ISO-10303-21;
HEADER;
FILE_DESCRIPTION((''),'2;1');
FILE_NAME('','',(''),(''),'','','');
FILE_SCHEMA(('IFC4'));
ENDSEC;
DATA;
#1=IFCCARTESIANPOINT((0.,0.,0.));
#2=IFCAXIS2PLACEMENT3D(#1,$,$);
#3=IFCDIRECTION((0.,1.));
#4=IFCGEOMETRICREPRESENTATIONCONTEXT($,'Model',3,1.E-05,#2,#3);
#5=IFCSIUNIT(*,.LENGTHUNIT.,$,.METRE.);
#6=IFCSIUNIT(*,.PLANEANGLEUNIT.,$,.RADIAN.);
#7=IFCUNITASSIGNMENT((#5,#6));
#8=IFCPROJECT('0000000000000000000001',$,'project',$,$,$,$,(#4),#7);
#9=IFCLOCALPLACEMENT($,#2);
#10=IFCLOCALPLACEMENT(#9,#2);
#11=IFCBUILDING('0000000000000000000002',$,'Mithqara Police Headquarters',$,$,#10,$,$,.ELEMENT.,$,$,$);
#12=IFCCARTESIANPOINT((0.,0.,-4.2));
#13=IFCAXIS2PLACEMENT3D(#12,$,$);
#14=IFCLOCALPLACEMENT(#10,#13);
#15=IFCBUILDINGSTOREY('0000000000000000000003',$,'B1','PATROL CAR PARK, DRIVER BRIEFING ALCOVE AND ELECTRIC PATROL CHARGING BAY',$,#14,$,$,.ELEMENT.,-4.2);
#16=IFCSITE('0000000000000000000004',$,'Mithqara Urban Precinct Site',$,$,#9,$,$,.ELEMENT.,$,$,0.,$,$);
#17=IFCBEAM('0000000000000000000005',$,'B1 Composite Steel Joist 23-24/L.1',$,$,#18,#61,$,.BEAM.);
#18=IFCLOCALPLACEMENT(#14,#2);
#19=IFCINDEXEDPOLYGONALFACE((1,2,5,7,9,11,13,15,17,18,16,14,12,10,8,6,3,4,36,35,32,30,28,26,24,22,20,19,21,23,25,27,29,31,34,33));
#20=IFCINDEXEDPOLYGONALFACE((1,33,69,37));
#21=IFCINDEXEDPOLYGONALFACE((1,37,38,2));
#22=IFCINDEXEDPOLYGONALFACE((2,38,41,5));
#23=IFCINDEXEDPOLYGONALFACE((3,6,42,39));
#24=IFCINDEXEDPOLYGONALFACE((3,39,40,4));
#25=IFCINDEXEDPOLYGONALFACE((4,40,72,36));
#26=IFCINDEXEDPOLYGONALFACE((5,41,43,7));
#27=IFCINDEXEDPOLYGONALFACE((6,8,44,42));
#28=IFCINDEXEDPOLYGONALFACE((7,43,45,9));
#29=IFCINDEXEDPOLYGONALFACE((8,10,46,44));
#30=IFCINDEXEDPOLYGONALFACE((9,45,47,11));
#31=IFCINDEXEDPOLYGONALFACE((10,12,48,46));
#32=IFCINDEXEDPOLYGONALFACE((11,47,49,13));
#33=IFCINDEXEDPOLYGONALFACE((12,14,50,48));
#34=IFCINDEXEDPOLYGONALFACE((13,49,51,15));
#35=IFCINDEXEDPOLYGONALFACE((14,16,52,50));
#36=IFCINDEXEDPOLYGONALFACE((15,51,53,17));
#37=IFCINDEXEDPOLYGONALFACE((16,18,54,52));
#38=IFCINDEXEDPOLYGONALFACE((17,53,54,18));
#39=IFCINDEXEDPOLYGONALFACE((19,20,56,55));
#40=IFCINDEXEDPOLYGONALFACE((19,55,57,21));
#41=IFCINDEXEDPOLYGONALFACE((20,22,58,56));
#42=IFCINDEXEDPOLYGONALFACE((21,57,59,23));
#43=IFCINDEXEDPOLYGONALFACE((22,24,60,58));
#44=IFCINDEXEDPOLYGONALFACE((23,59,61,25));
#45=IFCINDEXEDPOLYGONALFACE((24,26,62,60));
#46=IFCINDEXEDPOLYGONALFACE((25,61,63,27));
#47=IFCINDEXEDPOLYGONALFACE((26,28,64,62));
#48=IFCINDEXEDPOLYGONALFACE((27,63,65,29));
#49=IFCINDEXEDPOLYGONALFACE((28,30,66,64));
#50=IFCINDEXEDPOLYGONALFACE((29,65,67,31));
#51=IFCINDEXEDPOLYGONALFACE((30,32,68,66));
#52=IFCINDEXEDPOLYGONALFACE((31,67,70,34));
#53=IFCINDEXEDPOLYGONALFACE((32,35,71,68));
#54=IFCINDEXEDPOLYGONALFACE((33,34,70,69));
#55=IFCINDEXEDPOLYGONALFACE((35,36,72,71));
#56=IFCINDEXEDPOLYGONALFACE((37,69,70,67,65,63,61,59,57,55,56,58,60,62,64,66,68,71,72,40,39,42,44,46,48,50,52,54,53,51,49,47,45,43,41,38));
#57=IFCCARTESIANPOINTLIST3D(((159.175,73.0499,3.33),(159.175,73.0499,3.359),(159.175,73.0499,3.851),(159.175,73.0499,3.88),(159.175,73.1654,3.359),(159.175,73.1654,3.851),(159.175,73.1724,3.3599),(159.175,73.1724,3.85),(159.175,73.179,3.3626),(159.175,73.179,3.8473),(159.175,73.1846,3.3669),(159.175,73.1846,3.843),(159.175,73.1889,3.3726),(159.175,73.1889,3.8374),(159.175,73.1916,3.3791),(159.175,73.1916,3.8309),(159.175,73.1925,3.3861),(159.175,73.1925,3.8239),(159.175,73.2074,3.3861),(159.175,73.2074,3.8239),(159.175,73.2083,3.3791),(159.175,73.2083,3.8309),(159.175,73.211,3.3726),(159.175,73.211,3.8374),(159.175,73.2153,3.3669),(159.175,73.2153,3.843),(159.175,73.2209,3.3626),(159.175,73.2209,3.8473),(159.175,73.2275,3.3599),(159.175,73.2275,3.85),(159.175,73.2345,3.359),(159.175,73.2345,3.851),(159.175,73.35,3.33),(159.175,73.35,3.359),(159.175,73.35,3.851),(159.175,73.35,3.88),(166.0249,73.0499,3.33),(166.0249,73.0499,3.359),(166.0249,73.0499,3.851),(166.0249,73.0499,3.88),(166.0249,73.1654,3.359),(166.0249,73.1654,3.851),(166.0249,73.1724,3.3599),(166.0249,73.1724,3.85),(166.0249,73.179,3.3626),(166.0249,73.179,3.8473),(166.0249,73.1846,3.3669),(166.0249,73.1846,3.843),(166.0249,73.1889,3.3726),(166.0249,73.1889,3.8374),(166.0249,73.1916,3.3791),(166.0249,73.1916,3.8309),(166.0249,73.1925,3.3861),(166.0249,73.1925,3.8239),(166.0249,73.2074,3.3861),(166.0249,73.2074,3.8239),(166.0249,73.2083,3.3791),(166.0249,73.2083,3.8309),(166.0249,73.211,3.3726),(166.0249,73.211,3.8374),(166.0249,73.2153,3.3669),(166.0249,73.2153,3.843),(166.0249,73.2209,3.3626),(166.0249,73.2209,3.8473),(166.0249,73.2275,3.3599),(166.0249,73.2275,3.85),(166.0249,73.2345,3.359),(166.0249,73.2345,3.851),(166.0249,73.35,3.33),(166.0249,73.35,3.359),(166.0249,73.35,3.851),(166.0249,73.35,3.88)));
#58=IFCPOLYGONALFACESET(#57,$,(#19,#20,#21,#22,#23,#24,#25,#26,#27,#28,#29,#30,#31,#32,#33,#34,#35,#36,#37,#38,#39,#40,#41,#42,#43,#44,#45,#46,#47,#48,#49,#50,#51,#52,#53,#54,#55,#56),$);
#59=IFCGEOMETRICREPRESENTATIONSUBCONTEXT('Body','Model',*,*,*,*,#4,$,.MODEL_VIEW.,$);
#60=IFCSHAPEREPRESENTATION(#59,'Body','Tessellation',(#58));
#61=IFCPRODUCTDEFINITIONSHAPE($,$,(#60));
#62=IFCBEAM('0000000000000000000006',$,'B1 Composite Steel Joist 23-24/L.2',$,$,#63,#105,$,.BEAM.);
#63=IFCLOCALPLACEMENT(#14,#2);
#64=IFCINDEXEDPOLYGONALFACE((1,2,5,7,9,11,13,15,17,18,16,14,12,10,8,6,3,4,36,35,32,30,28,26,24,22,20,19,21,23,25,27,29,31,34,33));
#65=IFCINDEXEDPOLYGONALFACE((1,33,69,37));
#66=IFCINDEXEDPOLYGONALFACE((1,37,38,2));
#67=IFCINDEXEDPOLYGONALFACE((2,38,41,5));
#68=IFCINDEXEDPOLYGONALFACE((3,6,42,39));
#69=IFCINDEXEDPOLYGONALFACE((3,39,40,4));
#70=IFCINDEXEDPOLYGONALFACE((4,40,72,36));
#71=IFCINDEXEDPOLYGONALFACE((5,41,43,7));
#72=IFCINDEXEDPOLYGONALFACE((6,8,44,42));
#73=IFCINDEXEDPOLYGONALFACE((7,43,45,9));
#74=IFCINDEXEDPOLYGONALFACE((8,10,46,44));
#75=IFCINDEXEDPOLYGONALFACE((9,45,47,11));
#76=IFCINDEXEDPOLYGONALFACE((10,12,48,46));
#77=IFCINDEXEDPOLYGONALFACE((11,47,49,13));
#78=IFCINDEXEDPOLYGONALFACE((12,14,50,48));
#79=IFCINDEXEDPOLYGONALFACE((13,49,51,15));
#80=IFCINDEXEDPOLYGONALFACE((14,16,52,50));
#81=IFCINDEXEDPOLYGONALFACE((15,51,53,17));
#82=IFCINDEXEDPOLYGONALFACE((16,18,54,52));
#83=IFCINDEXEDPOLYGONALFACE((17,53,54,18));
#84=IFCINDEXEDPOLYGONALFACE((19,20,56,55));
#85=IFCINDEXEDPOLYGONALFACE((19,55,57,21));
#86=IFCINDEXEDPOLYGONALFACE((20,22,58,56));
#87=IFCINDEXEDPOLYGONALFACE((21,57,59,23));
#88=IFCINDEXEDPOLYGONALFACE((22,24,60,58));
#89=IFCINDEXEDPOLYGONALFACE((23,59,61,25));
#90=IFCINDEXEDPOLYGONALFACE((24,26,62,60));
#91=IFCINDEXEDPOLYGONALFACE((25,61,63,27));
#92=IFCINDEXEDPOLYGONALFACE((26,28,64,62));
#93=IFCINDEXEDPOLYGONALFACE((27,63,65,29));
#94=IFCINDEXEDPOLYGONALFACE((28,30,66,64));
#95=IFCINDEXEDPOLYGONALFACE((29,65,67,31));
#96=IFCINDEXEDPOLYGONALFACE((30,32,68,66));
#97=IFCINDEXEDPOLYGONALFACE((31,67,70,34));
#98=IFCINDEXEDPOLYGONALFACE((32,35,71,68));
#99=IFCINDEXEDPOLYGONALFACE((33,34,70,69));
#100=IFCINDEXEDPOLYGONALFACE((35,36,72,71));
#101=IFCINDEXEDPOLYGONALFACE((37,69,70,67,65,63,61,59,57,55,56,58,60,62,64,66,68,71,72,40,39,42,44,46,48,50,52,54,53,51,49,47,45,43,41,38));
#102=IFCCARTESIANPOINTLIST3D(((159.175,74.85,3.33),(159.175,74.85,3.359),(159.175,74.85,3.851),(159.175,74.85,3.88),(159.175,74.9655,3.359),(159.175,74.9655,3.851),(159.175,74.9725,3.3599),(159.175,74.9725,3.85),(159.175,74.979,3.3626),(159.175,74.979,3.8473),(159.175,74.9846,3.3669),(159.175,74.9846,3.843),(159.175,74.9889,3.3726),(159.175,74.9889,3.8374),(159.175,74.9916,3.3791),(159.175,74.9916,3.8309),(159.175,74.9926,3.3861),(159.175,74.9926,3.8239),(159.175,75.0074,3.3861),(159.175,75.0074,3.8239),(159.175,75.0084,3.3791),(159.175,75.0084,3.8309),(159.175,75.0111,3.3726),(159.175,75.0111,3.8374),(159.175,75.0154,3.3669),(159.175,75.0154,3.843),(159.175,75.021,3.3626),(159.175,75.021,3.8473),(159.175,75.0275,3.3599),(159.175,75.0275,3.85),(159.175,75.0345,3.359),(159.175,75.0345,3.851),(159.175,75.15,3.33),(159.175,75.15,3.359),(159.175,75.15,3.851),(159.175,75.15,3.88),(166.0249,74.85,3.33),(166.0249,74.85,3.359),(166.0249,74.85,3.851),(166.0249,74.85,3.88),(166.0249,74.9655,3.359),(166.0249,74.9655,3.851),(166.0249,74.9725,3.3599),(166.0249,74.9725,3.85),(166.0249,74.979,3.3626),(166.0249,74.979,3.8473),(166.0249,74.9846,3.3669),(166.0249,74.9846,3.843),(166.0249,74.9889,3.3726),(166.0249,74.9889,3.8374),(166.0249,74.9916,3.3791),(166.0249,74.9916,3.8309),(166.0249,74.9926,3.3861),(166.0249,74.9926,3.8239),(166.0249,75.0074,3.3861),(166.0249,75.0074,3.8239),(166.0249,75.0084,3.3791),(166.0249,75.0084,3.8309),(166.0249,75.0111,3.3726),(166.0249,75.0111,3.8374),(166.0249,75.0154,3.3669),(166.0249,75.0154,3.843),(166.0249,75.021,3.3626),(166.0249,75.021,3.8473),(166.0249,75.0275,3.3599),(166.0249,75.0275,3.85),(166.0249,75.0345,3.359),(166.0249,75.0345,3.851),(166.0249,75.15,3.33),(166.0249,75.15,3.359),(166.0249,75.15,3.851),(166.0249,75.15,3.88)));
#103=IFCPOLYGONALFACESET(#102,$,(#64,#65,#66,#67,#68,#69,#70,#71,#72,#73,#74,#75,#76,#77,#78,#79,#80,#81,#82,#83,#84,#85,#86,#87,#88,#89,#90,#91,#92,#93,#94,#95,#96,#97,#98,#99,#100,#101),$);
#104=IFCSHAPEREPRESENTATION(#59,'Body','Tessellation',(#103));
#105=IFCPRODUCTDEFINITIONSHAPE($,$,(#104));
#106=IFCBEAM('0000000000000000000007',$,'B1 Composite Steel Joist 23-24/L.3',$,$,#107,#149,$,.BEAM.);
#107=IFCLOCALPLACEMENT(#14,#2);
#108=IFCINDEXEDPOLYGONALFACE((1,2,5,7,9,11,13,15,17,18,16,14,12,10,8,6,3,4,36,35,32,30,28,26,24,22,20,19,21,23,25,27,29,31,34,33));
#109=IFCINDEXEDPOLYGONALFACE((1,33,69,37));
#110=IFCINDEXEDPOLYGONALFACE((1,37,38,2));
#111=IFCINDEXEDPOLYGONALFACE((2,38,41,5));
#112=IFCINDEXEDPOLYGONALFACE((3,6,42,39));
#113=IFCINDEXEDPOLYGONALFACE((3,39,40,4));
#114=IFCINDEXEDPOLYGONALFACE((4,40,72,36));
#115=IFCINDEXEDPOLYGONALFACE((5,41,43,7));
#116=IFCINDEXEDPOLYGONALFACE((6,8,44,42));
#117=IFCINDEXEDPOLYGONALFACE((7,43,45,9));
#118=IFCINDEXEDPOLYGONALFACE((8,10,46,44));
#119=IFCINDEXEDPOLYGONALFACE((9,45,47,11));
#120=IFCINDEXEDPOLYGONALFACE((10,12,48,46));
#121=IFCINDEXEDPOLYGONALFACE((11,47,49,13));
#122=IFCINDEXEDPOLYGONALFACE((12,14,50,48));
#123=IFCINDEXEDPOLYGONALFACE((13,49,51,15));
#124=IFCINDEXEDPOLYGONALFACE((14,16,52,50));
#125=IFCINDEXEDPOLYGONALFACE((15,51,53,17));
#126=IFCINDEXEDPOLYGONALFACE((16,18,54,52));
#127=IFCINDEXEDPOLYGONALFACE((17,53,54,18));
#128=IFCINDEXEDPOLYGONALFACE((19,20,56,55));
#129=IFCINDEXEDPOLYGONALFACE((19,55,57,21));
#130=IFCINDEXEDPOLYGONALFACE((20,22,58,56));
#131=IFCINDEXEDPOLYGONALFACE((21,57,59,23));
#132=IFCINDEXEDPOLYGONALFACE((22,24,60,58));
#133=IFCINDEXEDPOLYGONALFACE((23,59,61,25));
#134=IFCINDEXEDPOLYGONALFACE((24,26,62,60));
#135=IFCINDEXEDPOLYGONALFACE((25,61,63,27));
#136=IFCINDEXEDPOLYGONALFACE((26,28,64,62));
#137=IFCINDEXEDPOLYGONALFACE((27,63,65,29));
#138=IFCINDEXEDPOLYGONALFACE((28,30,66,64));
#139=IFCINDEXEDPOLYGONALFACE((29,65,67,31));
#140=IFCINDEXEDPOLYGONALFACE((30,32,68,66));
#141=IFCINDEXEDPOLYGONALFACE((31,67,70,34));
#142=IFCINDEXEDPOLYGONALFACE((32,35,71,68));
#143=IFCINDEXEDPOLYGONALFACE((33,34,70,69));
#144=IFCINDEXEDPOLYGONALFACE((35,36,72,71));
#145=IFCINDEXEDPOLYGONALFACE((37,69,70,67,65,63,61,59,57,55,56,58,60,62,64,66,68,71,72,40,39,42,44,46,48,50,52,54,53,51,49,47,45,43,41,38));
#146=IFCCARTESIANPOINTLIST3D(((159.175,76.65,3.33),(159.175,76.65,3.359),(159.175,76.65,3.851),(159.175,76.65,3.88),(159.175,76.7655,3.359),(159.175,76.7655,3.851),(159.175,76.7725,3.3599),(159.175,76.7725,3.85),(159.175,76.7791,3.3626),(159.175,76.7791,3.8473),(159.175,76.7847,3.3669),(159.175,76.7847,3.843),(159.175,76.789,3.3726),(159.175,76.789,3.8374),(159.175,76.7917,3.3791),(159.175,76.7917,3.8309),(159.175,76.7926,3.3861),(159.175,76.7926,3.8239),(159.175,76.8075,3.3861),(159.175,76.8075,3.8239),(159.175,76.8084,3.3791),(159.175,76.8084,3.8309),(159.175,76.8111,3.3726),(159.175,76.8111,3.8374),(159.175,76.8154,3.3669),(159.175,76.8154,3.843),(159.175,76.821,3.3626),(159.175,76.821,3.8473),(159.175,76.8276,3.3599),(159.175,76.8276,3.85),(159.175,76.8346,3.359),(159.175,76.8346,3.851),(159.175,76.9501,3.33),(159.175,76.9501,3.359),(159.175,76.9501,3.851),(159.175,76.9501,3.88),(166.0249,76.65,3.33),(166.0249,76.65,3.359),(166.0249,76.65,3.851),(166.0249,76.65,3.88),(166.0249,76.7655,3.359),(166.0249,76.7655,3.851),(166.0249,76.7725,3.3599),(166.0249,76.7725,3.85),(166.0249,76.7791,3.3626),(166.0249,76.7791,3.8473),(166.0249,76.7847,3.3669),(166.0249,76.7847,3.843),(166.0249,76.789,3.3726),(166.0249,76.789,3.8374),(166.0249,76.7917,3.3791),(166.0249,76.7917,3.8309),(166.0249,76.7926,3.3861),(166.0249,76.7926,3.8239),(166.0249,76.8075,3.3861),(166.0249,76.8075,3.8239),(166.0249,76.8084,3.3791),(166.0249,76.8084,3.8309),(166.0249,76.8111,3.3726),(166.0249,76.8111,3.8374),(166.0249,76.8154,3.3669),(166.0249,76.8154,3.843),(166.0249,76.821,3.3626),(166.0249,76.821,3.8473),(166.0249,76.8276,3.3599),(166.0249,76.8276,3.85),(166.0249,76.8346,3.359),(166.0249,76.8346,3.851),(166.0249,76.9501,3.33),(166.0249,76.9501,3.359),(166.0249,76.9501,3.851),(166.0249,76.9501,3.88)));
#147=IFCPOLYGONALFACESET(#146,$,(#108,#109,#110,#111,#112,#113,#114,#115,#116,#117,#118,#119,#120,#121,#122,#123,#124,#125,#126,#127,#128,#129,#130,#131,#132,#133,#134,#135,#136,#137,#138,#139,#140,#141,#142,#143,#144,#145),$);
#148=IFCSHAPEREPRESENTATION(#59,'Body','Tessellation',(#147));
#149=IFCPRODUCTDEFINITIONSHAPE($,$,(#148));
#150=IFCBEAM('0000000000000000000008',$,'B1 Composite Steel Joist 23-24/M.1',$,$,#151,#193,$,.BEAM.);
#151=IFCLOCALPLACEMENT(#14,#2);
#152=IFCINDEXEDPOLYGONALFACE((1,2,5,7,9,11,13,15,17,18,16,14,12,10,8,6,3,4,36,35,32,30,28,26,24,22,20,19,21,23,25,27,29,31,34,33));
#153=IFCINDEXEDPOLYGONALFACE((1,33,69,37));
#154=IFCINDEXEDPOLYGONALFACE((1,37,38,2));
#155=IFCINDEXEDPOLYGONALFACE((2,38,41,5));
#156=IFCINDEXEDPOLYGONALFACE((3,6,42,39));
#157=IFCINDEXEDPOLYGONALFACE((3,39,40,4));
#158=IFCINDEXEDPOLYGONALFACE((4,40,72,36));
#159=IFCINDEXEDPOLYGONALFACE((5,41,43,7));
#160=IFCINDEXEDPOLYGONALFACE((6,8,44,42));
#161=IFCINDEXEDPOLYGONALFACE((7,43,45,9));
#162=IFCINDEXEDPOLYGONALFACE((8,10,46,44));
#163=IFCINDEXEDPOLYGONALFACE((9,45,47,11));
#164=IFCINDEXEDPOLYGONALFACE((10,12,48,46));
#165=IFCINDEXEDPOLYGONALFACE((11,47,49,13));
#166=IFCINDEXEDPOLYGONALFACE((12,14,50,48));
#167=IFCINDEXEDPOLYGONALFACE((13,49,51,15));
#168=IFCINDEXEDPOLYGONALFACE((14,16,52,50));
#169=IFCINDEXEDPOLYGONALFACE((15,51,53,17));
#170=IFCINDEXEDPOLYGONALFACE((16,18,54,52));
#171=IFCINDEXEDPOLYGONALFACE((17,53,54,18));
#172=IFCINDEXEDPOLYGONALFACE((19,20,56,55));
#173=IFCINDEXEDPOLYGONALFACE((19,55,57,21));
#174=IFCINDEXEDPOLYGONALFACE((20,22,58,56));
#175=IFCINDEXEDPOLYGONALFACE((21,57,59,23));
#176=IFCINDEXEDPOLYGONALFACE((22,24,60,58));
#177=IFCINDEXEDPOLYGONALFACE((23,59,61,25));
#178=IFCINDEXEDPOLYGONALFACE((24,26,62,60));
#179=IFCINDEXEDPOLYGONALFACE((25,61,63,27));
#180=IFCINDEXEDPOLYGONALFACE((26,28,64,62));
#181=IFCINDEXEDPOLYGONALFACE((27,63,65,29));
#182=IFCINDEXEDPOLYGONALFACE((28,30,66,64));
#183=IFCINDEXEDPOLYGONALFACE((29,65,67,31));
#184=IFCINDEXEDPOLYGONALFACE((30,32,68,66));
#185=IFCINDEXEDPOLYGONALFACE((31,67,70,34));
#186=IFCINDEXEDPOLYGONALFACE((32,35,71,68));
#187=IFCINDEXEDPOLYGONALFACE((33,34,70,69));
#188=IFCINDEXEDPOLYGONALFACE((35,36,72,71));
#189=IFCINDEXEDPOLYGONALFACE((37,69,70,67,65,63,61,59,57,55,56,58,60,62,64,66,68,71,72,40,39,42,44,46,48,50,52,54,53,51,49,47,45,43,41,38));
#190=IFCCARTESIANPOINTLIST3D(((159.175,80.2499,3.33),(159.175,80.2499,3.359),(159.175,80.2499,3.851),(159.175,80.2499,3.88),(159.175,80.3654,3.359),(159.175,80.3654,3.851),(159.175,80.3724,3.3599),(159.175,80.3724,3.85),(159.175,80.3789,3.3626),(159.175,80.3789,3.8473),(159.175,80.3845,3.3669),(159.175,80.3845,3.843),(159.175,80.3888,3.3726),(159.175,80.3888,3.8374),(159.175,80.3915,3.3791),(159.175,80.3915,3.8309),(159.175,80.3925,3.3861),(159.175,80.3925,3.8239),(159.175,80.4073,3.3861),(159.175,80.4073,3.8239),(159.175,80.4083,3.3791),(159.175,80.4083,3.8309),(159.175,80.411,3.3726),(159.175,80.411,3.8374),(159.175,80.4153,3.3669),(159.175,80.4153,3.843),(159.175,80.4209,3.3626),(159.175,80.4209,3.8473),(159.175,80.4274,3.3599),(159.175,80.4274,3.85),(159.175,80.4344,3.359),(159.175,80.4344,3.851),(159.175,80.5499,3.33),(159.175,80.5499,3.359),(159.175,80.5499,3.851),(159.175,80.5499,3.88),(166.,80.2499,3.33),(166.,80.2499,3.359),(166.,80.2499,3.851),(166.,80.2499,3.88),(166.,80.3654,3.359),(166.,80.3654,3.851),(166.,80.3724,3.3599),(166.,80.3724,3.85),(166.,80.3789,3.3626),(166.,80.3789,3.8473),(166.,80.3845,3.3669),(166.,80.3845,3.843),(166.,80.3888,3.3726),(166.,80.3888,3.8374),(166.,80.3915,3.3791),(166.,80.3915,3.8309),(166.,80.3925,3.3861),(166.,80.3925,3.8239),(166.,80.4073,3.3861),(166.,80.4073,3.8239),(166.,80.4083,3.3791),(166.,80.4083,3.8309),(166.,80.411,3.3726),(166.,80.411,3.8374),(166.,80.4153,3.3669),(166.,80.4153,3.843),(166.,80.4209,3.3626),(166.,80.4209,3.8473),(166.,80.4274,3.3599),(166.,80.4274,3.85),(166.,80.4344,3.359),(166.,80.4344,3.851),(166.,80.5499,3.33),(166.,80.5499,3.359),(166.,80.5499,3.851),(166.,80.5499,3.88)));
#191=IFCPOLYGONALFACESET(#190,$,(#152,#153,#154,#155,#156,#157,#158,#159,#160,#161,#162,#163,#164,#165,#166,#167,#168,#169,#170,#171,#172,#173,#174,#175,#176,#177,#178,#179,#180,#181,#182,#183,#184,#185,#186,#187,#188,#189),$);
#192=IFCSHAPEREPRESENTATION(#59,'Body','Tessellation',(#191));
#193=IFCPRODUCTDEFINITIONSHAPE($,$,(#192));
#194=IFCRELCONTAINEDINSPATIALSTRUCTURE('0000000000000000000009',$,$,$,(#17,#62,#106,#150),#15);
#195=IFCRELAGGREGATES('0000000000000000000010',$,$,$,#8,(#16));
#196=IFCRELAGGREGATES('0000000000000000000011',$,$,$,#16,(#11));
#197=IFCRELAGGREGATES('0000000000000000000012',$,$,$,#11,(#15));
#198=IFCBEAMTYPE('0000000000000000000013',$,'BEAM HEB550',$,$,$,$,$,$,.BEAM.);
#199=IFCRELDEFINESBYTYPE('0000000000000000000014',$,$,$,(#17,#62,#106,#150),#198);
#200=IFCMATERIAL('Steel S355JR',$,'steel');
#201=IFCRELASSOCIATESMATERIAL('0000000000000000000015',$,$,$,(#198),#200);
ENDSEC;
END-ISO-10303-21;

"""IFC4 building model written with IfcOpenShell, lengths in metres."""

from ifc_helpers import new_model, si_unit, direction, frame, origin, origin_2d, place, context, subcontext, project, spatial, i_section, extrude, material, material_profile, profile_set, type_object, element, save


model = new_model("IFC4")

# Units and contexts
model_context = context("Model", 3, precision=1e-05, world=origin(), true_north=direction((0.0, 1.0)))
body_context = subcontext(model_context, "Body", "Model", "MODEL_VIEW")
ifc_project = project(units=[si_unit("LENGTHUNIT", "METRE"), si_unit("PLANEANGLEUNIT", "RADIAN")], contexts=[model_context])

# Site, building, storey
site_placement = place(None, origin())
site = spatial("IfcSite", under=ifc_project, at=site_placement, Name="Mithqara Urban Precinct Site", CompositionType="ELEMENT", RefElevation=0.0)
building_placement = place(site_placement, origin())
building = spatial("IfcBuilding", under=site, at=building_placement, Name="Mithqara Police Headquarters", CompositionType="ELEMENT")
storey_placement = place(building_placement, frame((0.0, 0.0, -4.2)))
storey = spatial("IfcBuildingStorey", under=building, at=storey_placement, Name="B1", Description="PATROL CAR PARK, DRIVER BRIEFING ALCOVE AND ELECTRIC PATROL CHARGING BAY", CompositionType="ELEMENT", Elevation=-4.2)

# Beams
ifc_material_1 = material(Name="Steel S355JR", Category="steel")
ifc_material_profile_1 = material_profile(ifc_material_1, i_section(OverallWidth=0.3, OverallDepth=0.55, WebThickness=0.0149, FlangeThickness=0.0291, FilletRadius=0.0271, at=origin_2d()), Name="HEB 550")
ifc_profile_set_1 = profile_set([ifc_material_profile_1], Name="Steel S355JR")
beam_type_1 = type_object("IfcBeamType", Name="BEAM HEB550", PredefinedType="BEAM", material=ifc_profile_set_1)
for number, where, z_axis, x_axis, name in (
    (1, (159.175, 73.2, 3.605), (1.0, 0.0, 0.0), (0.0, 1.0, 0.0), "B1 Composite Steel Joist 23-24/L.1"),
    (2, (159.175, 75.0, 3.605), (1.0, 0.0, 0.0), (0.0, 1.0, 0.0), "B1 Composite Steel Joist 23-24/L.2"),
    (3, (159.175, 76.8, 3.605), (1.0, 0.0, 0.0), (0.0, 1.0, 0.0), "B1 Composite Steel Joist 23-24/L.3"),
):
    element("IfcBeam", number, at=place(storey_placement, frame(where, z_axis=z_axis, x_axis=x_axis)), inside=storey, type_object=beam_type_1, Name=name, PredefinedType="BEAM", context=body_context, shape_type="SweptSolid", body=[
        extrude(i_section(OverallWidth=0.3, OverallDepth=0.55, WebThickness=0.0149, FlangeThickness=0.0291, FilletRadius=0.0271, at=origin_2d()), origin(), (0.0, 0.0, 1.0), 6.8499),
    ])
for number, where, z_axis, x_axis, name in (
    (4, (159.175, 80.3999, 3.605), (1.0, 0.0, 0.0), (0.0, 1.0, 0.0), "B1 Composite Steel Joist 23-24/M.1"),
):
    element("IfcBeam", number, at=place(storey_placement, frame(where, z_axis=z_axis, x_axis=x_axis)), inside=storey, type_object=beam_type_1, Name=name, PredefinedType="BEAM", context=body_context, shape_type="SweptSolid", body=[
        extrude(i_section(OverallWidth=0.3, OverallDepth=0.55, WebThickness=0.0149, FlangeThickness=0.0291, FilletRadius=0.0271, at=origin_2d()), origin(), (0.0, 0.0, 1.0), 6.825),
    ])

save(model, "model.ifc")
